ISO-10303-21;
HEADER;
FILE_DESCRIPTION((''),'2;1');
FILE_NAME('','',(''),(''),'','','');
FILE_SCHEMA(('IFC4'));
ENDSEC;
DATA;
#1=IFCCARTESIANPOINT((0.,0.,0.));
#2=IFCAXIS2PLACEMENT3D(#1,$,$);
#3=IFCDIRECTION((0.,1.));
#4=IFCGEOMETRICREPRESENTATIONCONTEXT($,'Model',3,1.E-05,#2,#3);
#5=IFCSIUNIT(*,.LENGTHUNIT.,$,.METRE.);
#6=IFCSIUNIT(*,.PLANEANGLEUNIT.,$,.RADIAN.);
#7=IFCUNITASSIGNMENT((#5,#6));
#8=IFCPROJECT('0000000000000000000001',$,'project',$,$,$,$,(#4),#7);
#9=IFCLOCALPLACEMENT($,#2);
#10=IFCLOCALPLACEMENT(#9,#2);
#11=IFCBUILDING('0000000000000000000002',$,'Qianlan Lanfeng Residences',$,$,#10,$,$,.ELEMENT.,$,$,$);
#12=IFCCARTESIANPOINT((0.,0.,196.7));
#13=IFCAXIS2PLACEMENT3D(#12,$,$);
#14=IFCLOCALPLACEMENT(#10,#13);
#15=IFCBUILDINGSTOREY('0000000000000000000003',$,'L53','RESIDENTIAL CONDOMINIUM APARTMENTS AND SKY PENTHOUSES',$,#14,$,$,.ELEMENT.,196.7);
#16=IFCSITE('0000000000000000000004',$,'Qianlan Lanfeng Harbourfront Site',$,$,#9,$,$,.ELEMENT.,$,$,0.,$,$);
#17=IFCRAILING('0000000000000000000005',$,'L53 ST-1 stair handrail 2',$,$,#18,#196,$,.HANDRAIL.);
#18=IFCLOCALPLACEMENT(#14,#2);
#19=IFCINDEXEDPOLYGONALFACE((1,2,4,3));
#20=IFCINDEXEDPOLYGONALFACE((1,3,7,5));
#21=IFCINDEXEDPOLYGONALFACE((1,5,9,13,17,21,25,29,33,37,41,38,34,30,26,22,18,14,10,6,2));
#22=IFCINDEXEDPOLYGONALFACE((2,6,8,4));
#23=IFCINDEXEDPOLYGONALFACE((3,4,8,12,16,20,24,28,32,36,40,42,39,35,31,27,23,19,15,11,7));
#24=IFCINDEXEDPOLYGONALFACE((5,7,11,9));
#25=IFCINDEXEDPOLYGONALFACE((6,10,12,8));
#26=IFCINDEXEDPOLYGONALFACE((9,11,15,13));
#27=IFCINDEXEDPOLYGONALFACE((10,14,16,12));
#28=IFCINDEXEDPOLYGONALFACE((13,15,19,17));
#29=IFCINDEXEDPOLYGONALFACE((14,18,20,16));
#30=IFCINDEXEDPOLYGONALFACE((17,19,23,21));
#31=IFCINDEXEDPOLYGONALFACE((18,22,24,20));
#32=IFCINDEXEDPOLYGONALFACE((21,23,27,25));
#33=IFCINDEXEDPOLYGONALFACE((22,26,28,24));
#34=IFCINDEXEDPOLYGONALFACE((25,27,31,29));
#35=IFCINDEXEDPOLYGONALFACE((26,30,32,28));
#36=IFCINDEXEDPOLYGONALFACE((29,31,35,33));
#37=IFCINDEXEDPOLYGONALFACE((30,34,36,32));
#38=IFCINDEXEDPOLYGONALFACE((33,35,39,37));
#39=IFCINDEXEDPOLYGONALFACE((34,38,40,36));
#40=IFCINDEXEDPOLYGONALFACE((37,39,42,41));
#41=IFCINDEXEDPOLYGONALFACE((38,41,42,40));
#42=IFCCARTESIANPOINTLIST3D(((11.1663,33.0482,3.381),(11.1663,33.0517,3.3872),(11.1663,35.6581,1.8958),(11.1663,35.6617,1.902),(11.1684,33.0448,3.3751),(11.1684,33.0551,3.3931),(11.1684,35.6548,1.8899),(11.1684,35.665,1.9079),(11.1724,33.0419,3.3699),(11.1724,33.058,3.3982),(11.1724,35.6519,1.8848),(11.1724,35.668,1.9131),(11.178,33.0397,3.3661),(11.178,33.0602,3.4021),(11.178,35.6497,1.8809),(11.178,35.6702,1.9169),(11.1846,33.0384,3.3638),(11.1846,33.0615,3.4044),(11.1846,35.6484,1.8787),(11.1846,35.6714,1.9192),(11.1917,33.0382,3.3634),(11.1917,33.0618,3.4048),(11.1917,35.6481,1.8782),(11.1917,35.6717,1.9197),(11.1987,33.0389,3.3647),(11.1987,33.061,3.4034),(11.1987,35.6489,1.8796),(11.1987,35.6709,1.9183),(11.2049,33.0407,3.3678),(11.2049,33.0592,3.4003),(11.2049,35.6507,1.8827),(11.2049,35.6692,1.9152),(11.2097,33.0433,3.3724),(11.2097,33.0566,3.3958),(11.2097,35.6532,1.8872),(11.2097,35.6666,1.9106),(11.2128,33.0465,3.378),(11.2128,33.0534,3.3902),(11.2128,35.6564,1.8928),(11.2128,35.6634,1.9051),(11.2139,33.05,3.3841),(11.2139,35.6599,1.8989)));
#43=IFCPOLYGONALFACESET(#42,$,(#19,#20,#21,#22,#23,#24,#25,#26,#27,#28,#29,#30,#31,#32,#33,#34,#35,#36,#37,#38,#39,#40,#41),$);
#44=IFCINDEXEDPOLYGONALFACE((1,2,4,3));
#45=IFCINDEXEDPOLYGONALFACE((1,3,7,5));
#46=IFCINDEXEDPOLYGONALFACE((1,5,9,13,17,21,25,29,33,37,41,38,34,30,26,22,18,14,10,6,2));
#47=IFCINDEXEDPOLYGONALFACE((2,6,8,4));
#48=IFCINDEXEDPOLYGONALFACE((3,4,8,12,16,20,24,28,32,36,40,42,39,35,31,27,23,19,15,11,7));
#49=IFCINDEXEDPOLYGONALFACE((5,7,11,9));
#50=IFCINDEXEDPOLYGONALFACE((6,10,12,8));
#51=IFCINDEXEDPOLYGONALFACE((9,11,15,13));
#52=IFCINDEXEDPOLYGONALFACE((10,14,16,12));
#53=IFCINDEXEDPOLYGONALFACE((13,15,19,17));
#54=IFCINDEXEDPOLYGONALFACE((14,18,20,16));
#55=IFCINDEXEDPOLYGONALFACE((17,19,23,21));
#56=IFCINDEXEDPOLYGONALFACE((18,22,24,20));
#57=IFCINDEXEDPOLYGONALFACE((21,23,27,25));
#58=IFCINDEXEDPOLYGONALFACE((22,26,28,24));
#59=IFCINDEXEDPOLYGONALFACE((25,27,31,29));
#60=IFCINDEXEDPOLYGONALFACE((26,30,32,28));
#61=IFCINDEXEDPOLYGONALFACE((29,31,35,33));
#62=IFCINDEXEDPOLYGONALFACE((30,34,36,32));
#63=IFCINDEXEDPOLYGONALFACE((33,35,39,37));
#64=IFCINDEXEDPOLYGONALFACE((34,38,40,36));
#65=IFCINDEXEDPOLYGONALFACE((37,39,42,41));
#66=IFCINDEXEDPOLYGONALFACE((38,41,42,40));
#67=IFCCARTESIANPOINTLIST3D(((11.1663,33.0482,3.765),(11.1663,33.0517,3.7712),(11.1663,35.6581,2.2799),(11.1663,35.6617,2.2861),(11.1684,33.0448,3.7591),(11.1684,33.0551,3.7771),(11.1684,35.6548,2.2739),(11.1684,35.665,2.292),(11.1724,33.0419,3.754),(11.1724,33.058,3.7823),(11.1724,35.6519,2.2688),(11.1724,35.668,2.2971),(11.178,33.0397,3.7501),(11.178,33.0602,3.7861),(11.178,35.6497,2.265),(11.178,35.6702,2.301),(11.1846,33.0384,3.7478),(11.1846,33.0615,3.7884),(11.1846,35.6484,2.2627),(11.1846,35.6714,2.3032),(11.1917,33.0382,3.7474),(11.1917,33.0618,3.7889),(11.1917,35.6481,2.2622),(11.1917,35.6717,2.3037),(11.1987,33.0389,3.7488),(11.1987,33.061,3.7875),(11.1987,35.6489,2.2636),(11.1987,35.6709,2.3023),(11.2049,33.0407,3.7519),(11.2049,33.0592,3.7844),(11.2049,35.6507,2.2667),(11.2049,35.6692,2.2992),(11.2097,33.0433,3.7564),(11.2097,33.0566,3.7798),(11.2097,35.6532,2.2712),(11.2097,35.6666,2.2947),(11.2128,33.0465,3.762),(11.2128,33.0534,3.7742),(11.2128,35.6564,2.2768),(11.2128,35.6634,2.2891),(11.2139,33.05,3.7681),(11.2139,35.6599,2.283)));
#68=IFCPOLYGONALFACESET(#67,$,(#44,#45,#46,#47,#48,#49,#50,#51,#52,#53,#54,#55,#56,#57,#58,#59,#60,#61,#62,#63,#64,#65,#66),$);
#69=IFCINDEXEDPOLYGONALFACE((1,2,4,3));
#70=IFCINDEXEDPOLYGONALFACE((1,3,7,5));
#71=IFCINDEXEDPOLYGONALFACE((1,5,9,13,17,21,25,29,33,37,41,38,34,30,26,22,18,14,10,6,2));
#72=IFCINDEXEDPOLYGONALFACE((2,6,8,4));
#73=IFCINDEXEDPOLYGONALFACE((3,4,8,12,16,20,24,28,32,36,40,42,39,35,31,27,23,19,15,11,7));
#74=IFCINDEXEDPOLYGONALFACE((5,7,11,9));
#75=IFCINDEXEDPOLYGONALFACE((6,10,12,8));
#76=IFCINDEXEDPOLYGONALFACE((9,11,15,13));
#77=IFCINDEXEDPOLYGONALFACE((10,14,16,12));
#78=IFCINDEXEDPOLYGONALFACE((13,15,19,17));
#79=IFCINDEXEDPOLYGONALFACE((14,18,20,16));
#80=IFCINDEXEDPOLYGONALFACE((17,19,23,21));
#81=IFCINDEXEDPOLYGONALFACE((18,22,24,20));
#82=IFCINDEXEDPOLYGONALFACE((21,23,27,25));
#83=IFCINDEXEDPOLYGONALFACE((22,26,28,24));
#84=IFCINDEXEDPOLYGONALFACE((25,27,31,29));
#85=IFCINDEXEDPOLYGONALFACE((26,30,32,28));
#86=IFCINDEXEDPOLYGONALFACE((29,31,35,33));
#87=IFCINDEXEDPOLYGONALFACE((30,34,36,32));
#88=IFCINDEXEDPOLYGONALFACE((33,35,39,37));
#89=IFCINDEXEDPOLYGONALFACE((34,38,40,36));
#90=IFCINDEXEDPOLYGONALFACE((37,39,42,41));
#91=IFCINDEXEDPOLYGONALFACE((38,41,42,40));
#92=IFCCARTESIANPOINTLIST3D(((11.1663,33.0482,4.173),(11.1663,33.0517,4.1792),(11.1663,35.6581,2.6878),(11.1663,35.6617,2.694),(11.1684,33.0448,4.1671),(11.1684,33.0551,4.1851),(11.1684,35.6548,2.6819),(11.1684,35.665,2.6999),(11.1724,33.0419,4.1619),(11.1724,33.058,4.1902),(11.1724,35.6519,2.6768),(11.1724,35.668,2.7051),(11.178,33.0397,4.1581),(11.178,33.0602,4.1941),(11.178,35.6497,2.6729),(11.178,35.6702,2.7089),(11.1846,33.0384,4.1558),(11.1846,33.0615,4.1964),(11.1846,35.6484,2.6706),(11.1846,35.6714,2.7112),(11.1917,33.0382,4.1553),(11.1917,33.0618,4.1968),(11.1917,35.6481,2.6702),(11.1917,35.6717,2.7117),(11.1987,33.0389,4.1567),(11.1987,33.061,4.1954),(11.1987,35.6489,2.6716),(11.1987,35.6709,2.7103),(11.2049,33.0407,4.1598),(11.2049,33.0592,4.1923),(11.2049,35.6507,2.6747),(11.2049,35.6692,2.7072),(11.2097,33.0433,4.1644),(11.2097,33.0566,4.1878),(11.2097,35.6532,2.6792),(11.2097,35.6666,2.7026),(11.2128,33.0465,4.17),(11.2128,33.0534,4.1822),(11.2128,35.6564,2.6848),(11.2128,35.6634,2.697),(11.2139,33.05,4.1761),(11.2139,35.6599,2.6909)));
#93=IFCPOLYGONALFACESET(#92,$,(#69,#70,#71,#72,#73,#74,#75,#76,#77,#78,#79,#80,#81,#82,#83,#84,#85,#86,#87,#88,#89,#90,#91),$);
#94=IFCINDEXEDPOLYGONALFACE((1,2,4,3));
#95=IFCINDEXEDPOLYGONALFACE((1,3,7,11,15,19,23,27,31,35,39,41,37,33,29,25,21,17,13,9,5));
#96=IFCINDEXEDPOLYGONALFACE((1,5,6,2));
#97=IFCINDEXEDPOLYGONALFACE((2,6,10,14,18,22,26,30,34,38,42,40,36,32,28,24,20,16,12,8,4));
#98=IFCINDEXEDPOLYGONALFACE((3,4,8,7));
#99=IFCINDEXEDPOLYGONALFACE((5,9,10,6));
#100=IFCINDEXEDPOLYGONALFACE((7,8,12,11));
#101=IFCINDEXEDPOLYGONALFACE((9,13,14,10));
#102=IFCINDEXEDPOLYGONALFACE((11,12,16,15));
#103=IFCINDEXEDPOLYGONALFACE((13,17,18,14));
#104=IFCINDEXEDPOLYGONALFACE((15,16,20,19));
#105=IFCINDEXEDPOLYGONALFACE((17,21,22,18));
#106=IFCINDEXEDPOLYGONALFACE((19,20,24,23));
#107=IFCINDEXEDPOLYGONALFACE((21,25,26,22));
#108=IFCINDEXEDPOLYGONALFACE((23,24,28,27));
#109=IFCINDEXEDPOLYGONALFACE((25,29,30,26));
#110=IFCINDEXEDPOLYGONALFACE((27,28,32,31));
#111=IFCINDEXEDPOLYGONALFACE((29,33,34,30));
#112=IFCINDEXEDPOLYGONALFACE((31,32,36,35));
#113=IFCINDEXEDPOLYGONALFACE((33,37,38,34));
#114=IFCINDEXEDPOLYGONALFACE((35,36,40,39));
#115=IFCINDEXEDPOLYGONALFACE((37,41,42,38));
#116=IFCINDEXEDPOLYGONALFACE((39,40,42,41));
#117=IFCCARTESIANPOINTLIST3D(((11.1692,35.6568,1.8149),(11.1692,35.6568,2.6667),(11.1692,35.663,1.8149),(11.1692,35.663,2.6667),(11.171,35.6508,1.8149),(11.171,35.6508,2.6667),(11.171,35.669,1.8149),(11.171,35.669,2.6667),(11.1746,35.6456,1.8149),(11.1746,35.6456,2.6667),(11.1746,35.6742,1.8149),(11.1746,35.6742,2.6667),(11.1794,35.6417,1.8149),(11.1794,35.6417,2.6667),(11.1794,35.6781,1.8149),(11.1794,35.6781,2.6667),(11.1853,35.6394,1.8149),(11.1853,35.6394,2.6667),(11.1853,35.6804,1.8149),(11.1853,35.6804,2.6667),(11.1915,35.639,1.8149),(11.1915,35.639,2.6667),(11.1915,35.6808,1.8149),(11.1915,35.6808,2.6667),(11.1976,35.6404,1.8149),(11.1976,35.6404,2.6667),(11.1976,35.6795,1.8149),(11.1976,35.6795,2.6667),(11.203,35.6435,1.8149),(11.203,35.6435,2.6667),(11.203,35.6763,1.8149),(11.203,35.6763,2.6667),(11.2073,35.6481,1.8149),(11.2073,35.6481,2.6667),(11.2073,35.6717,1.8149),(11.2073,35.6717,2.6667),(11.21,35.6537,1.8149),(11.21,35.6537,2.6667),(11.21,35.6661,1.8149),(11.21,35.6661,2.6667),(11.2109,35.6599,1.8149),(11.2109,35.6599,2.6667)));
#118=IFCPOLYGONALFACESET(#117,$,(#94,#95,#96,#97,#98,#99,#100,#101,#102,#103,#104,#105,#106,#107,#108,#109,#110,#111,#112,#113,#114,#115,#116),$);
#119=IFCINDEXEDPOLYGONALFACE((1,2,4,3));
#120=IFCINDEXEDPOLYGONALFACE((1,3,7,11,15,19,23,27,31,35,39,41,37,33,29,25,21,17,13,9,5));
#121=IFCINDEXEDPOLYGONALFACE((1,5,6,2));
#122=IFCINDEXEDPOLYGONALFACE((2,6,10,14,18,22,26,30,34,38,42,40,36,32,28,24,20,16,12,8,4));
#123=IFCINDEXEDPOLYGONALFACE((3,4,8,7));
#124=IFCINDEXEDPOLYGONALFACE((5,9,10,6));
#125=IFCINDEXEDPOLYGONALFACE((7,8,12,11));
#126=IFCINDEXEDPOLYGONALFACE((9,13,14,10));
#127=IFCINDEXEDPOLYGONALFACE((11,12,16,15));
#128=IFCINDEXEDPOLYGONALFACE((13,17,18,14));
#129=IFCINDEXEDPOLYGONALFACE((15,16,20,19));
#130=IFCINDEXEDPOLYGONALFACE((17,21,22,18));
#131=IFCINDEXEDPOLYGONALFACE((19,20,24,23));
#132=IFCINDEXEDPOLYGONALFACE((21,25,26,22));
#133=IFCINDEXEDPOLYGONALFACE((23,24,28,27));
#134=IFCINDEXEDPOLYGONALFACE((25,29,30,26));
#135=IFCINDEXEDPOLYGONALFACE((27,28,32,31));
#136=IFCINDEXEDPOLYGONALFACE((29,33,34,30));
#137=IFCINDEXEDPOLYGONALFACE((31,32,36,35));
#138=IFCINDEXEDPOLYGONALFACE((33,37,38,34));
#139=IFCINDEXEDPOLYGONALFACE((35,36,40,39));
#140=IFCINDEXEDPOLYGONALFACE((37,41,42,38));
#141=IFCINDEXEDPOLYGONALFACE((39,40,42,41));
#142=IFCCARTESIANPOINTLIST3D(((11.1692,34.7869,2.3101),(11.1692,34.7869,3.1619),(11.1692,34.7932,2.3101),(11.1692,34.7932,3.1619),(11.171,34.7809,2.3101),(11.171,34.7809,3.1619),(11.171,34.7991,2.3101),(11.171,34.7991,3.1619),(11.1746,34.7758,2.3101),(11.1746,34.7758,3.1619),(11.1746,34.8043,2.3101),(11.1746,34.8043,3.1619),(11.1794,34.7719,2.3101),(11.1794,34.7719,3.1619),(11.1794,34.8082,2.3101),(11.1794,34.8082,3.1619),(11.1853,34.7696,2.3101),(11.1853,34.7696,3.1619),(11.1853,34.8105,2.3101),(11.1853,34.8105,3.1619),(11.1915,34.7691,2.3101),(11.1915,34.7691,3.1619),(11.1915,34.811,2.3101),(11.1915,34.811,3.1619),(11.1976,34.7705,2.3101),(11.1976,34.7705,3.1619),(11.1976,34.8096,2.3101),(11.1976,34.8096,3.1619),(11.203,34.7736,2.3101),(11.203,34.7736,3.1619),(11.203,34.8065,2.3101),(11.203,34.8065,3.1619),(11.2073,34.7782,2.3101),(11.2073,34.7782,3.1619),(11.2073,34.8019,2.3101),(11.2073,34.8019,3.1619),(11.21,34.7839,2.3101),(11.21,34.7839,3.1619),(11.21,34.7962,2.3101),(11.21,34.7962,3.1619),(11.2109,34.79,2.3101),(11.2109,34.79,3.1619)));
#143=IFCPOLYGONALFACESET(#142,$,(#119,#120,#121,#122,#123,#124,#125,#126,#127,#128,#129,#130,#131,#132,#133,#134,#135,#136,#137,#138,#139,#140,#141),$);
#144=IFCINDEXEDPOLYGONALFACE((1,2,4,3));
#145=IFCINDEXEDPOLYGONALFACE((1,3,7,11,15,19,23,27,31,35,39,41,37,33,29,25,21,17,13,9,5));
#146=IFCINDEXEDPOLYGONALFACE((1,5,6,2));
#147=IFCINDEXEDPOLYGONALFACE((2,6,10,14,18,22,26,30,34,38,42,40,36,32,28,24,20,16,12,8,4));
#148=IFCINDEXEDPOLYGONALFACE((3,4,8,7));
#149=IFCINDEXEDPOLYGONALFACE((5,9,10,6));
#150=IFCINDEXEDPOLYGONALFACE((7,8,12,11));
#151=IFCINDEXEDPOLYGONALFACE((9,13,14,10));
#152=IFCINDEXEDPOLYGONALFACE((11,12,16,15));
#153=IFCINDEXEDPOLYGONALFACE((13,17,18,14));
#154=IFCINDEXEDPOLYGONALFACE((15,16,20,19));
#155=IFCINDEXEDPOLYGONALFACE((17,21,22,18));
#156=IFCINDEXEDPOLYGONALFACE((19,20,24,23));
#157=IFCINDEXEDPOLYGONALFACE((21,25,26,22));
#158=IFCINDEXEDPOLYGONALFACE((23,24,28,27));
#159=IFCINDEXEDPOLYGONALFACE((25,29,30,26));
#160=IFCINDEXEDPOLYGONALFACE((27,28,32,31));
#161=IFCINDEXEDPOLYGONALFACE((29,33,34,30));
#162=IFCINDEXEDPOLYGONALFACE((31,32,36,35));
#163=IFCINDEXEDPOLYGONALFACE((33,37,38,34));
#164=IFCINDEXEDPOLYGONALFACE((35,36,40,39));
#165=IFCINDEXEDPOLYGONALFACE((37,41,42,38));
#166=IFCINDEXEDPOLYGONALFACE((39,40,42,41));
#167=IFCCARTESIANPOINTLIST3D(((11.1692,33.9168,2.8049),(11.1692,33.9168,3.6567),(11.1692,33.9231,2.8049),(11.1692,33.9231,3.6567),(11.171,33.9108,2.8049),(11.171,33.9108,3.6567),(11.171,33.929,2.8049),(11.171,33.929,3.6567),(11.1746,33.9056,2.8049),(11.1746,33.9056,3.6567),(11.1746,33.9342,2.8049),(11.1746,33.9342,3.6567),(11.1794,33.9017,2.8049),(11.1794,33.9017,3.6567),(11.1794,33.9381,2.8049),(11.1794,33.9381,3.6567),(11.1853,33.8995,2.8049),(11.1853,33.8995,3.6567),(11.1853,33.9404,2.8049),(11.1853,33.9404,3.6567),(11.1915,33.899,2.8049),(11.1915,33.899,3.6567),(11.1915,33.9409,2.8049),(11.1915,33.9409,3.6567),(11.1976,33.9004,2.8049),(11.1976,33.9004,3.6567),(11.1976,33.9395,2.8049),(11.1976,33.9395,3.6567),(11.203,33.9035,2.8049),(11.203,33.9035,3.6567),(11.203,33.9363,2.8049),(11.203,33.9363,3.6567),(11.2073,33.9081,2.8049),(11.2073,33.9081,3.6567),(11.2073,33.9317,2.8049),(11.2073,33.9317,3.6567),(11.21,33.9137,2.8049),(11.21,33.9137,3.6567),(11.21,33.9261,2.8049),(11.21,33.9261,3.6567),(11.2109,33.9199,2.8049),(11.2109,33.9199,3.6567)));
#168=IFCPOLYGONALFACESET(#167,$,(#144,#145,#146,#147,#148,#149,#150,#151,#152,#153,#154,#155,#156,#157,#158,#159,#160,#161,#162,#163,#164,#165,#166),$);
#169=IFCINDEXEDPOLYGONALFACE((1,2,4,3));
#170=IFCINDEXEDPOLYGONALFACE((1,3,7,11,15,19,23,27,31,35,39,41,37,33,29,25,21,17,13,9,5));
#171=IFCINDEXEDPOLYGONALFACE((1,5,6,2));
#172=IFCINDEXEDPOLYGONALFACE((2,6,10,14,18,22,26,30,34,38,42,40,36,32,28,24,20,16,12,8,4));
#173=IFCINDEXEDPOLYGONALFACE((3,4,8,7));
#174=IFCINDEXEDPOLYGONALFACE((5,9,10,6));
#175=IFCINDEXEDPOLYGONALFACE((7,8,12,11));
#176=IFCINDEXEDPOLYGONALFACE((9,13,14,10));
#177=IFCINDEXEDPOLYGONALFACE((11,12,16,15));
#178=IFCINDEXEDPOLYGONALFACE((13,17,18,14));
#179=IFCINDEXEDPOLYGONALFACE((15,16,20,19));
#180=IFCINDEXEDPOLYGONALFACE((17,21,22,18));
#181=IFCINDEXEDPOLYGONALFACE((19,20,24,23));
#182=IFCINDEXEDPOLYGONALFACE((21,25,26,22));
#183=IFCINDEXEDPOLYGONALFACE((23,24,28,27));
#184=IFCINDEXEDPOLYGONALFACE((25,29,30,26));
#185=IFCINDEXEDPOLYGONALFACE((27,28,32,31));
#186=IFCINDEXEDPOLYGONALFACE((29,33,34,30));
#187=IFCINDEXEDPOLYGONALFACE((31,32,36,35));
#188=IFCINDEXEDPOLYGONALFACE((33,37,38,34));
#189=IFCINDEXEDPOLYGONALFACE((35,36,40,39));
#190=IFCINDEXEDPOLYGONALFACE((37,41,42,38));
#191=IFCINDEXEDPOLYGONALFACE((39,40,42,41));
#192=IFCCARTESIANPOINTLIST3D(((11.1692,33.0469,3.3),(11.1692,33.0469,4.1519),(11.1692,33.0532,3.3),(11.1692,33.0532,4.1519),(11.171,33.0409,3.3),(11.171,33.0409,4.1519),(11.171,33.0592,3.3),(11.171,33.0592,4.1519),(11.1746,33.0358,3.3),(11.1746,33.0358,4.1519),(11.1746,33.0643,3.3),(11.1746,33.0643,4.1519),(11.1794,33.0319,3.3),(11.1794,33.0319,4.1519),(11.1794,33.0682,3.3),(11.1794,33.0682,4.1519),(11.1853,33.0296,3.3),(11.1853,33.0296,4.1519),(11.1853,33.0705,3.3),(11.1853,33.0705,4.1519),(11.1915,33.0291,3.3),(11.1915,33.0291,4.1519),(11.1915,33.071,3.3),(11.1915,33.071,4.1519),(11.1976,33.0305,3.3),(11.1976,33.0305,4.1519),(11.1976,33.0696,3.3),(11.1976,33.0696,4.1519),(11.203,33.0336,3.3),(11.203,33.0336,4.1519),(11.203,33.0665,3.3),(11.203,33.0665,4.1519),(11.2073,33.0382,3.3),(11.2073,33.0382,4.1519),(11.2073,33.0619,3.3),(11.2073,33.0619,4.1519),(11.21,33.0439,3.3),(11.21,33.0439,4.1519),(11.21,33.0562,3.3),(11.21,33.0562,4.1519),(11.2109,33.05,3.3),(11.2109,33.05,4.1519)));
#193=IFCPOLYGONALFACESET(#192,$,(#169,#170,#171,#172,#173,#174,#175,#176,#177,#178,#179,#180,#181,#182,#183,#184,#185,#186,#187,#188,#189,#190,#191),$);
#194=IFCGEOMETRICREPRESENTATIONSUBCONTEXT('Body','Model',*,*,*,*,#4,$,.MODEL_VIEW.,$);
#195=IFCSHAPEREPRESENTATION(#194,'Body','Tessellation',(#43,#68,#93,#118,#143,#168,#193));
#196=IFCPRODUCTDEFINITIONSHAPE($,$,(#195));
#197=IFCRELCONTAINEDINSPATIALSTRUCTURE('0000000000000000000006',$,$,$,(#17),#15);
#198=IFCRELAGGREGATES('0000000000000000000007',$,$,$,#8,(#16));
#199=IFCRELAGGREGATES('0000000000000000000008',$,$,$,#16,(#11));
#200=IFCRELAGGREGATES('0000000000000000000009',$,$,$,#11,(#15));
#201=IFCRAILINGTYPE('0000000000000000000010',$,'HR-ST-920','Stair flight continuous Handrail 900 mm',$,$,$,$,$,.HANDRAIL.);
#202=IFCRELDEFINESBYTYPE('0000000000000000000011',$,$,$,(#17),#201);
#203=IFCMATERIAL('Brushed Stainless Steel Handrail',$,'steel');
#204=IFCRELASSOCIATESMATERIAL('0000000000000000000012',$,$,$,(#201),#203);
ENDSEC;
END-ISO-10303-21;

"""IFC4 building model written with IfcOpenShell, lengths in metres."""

from ifc_helpers import new_model, si_unit, direction, frame, origin, origin_2d, place, context, subcontext, project, spatial, circle, extrude, material, type_object, element, save


model = new_model("IFC4")

# Units and contexts
model_context = context("Model", 3, precision=1e-05, world=origin(), true_north=direction((0.0, 1.0)))
body_context = subcontext(model_context, "Body", "Model", "MODEL_VIEW")
ifc_project = project(units=[si_unit("LENGTHUNIT", "METRE"), si_unit("PLANEANGLEUNIT", "RADIAN")], contexts=[model_context])

# Site, building, storey
site_placement = place(None, origin())
site = spatial("IfcSite", under=ifc_project, at=site_placement, Name="Qianlan Lanfeng Harbourfront Site", CompositionType="ELEMENT", RefElevation=0.0)
building_placement = place(site_placement, origin())
building = spatial("IfcBuilding", under=site, at=building_placement, Name="Qianlan Lanfeng Residences", CompositionType="ELEMENT")
storey_placement = place(building_placement, frame((0.0, 0.0, 196.7)))
storey = spatial("IfcBuildingStorey", under=building, at=storey_placement, Name="L53", Description="RESIDENTIAL CONDOMINIUM APARTMENTS AND SKY PENTHOUSES", CompositionType="ELEMENT", Elevation=196.7)

# Railing
ifc_material_1 = material(Name="Brushed Stainless Steel Handrail", Category="steel")
railing_type_1 = type_object("IfcRailingType", Name="HR-ST-920", Description="Stair flight continuous Handrail 900 mm", PredefinedType="HANDRAIL", material=ifc_material_1)
railing_1_placement = place(storey_placement, frame((11.1899, 35.6599, 1.8149)))
element("IfcRailing", 1, at=railing_1_placement, inside=storey, type_object=railing_type_1, Name="L53 ST-1 stair handrail 2", PredefinedType="HANDRAIL", context=body_context, shape_type="SweptSolid", body=[
    extrude(circle(Radius=0.0239, at=origin_2d()), frame((0.0, 0.0, 0.084), z_axis=(0.0, -0.869137, 0.494571), x_axis=(1.0, 0.0, 0.0)), (0.0, 0.0, 1.0), 3.0029),
    extrude(circle(Radius=0.0239, at=origin_2d()), frame((0.0, 0.0, 0.468), z_axis=(0.0, -0.869137, 0.494571), x_axis=(1.0, 0.0, 0.0)), (0.0, 0.0, 1.0), 3.0029),
    extrude(circle(Radius=0.0239, at=origin_2d()), frame((0.0, 0.0, 0.876), z_axis=(0.0, -0.869137, 0.494571), x_axis=(1.0, 0.0, 0.0)), (0.0, 0.0, 1.0), 3.0029),
    extrude(circle(Radius=0.021, at=origin_2d()), origin(), (0.0, 0.0, 1.0), 0.8518),
    extrude(circle(Radius=0.021, at=origin_2d()), frame((0.0, -0.8699, 0.4951)), (0.0, 0.0, 1.0), 0.8518),
    extrude(circle(Radius=0.021, at=origin_2d()), frame((0.0, -1.74, 0.99)), (0.0, 0.0, 1.0), 0.8518),
    extrude(circle(Radius=0.021, at=origin_2d()), frame((0.0, -2.6099, 1.4851)), (0.0, 0.0, 1.0), 0.8518),
])

save(model, "model.ifc")
